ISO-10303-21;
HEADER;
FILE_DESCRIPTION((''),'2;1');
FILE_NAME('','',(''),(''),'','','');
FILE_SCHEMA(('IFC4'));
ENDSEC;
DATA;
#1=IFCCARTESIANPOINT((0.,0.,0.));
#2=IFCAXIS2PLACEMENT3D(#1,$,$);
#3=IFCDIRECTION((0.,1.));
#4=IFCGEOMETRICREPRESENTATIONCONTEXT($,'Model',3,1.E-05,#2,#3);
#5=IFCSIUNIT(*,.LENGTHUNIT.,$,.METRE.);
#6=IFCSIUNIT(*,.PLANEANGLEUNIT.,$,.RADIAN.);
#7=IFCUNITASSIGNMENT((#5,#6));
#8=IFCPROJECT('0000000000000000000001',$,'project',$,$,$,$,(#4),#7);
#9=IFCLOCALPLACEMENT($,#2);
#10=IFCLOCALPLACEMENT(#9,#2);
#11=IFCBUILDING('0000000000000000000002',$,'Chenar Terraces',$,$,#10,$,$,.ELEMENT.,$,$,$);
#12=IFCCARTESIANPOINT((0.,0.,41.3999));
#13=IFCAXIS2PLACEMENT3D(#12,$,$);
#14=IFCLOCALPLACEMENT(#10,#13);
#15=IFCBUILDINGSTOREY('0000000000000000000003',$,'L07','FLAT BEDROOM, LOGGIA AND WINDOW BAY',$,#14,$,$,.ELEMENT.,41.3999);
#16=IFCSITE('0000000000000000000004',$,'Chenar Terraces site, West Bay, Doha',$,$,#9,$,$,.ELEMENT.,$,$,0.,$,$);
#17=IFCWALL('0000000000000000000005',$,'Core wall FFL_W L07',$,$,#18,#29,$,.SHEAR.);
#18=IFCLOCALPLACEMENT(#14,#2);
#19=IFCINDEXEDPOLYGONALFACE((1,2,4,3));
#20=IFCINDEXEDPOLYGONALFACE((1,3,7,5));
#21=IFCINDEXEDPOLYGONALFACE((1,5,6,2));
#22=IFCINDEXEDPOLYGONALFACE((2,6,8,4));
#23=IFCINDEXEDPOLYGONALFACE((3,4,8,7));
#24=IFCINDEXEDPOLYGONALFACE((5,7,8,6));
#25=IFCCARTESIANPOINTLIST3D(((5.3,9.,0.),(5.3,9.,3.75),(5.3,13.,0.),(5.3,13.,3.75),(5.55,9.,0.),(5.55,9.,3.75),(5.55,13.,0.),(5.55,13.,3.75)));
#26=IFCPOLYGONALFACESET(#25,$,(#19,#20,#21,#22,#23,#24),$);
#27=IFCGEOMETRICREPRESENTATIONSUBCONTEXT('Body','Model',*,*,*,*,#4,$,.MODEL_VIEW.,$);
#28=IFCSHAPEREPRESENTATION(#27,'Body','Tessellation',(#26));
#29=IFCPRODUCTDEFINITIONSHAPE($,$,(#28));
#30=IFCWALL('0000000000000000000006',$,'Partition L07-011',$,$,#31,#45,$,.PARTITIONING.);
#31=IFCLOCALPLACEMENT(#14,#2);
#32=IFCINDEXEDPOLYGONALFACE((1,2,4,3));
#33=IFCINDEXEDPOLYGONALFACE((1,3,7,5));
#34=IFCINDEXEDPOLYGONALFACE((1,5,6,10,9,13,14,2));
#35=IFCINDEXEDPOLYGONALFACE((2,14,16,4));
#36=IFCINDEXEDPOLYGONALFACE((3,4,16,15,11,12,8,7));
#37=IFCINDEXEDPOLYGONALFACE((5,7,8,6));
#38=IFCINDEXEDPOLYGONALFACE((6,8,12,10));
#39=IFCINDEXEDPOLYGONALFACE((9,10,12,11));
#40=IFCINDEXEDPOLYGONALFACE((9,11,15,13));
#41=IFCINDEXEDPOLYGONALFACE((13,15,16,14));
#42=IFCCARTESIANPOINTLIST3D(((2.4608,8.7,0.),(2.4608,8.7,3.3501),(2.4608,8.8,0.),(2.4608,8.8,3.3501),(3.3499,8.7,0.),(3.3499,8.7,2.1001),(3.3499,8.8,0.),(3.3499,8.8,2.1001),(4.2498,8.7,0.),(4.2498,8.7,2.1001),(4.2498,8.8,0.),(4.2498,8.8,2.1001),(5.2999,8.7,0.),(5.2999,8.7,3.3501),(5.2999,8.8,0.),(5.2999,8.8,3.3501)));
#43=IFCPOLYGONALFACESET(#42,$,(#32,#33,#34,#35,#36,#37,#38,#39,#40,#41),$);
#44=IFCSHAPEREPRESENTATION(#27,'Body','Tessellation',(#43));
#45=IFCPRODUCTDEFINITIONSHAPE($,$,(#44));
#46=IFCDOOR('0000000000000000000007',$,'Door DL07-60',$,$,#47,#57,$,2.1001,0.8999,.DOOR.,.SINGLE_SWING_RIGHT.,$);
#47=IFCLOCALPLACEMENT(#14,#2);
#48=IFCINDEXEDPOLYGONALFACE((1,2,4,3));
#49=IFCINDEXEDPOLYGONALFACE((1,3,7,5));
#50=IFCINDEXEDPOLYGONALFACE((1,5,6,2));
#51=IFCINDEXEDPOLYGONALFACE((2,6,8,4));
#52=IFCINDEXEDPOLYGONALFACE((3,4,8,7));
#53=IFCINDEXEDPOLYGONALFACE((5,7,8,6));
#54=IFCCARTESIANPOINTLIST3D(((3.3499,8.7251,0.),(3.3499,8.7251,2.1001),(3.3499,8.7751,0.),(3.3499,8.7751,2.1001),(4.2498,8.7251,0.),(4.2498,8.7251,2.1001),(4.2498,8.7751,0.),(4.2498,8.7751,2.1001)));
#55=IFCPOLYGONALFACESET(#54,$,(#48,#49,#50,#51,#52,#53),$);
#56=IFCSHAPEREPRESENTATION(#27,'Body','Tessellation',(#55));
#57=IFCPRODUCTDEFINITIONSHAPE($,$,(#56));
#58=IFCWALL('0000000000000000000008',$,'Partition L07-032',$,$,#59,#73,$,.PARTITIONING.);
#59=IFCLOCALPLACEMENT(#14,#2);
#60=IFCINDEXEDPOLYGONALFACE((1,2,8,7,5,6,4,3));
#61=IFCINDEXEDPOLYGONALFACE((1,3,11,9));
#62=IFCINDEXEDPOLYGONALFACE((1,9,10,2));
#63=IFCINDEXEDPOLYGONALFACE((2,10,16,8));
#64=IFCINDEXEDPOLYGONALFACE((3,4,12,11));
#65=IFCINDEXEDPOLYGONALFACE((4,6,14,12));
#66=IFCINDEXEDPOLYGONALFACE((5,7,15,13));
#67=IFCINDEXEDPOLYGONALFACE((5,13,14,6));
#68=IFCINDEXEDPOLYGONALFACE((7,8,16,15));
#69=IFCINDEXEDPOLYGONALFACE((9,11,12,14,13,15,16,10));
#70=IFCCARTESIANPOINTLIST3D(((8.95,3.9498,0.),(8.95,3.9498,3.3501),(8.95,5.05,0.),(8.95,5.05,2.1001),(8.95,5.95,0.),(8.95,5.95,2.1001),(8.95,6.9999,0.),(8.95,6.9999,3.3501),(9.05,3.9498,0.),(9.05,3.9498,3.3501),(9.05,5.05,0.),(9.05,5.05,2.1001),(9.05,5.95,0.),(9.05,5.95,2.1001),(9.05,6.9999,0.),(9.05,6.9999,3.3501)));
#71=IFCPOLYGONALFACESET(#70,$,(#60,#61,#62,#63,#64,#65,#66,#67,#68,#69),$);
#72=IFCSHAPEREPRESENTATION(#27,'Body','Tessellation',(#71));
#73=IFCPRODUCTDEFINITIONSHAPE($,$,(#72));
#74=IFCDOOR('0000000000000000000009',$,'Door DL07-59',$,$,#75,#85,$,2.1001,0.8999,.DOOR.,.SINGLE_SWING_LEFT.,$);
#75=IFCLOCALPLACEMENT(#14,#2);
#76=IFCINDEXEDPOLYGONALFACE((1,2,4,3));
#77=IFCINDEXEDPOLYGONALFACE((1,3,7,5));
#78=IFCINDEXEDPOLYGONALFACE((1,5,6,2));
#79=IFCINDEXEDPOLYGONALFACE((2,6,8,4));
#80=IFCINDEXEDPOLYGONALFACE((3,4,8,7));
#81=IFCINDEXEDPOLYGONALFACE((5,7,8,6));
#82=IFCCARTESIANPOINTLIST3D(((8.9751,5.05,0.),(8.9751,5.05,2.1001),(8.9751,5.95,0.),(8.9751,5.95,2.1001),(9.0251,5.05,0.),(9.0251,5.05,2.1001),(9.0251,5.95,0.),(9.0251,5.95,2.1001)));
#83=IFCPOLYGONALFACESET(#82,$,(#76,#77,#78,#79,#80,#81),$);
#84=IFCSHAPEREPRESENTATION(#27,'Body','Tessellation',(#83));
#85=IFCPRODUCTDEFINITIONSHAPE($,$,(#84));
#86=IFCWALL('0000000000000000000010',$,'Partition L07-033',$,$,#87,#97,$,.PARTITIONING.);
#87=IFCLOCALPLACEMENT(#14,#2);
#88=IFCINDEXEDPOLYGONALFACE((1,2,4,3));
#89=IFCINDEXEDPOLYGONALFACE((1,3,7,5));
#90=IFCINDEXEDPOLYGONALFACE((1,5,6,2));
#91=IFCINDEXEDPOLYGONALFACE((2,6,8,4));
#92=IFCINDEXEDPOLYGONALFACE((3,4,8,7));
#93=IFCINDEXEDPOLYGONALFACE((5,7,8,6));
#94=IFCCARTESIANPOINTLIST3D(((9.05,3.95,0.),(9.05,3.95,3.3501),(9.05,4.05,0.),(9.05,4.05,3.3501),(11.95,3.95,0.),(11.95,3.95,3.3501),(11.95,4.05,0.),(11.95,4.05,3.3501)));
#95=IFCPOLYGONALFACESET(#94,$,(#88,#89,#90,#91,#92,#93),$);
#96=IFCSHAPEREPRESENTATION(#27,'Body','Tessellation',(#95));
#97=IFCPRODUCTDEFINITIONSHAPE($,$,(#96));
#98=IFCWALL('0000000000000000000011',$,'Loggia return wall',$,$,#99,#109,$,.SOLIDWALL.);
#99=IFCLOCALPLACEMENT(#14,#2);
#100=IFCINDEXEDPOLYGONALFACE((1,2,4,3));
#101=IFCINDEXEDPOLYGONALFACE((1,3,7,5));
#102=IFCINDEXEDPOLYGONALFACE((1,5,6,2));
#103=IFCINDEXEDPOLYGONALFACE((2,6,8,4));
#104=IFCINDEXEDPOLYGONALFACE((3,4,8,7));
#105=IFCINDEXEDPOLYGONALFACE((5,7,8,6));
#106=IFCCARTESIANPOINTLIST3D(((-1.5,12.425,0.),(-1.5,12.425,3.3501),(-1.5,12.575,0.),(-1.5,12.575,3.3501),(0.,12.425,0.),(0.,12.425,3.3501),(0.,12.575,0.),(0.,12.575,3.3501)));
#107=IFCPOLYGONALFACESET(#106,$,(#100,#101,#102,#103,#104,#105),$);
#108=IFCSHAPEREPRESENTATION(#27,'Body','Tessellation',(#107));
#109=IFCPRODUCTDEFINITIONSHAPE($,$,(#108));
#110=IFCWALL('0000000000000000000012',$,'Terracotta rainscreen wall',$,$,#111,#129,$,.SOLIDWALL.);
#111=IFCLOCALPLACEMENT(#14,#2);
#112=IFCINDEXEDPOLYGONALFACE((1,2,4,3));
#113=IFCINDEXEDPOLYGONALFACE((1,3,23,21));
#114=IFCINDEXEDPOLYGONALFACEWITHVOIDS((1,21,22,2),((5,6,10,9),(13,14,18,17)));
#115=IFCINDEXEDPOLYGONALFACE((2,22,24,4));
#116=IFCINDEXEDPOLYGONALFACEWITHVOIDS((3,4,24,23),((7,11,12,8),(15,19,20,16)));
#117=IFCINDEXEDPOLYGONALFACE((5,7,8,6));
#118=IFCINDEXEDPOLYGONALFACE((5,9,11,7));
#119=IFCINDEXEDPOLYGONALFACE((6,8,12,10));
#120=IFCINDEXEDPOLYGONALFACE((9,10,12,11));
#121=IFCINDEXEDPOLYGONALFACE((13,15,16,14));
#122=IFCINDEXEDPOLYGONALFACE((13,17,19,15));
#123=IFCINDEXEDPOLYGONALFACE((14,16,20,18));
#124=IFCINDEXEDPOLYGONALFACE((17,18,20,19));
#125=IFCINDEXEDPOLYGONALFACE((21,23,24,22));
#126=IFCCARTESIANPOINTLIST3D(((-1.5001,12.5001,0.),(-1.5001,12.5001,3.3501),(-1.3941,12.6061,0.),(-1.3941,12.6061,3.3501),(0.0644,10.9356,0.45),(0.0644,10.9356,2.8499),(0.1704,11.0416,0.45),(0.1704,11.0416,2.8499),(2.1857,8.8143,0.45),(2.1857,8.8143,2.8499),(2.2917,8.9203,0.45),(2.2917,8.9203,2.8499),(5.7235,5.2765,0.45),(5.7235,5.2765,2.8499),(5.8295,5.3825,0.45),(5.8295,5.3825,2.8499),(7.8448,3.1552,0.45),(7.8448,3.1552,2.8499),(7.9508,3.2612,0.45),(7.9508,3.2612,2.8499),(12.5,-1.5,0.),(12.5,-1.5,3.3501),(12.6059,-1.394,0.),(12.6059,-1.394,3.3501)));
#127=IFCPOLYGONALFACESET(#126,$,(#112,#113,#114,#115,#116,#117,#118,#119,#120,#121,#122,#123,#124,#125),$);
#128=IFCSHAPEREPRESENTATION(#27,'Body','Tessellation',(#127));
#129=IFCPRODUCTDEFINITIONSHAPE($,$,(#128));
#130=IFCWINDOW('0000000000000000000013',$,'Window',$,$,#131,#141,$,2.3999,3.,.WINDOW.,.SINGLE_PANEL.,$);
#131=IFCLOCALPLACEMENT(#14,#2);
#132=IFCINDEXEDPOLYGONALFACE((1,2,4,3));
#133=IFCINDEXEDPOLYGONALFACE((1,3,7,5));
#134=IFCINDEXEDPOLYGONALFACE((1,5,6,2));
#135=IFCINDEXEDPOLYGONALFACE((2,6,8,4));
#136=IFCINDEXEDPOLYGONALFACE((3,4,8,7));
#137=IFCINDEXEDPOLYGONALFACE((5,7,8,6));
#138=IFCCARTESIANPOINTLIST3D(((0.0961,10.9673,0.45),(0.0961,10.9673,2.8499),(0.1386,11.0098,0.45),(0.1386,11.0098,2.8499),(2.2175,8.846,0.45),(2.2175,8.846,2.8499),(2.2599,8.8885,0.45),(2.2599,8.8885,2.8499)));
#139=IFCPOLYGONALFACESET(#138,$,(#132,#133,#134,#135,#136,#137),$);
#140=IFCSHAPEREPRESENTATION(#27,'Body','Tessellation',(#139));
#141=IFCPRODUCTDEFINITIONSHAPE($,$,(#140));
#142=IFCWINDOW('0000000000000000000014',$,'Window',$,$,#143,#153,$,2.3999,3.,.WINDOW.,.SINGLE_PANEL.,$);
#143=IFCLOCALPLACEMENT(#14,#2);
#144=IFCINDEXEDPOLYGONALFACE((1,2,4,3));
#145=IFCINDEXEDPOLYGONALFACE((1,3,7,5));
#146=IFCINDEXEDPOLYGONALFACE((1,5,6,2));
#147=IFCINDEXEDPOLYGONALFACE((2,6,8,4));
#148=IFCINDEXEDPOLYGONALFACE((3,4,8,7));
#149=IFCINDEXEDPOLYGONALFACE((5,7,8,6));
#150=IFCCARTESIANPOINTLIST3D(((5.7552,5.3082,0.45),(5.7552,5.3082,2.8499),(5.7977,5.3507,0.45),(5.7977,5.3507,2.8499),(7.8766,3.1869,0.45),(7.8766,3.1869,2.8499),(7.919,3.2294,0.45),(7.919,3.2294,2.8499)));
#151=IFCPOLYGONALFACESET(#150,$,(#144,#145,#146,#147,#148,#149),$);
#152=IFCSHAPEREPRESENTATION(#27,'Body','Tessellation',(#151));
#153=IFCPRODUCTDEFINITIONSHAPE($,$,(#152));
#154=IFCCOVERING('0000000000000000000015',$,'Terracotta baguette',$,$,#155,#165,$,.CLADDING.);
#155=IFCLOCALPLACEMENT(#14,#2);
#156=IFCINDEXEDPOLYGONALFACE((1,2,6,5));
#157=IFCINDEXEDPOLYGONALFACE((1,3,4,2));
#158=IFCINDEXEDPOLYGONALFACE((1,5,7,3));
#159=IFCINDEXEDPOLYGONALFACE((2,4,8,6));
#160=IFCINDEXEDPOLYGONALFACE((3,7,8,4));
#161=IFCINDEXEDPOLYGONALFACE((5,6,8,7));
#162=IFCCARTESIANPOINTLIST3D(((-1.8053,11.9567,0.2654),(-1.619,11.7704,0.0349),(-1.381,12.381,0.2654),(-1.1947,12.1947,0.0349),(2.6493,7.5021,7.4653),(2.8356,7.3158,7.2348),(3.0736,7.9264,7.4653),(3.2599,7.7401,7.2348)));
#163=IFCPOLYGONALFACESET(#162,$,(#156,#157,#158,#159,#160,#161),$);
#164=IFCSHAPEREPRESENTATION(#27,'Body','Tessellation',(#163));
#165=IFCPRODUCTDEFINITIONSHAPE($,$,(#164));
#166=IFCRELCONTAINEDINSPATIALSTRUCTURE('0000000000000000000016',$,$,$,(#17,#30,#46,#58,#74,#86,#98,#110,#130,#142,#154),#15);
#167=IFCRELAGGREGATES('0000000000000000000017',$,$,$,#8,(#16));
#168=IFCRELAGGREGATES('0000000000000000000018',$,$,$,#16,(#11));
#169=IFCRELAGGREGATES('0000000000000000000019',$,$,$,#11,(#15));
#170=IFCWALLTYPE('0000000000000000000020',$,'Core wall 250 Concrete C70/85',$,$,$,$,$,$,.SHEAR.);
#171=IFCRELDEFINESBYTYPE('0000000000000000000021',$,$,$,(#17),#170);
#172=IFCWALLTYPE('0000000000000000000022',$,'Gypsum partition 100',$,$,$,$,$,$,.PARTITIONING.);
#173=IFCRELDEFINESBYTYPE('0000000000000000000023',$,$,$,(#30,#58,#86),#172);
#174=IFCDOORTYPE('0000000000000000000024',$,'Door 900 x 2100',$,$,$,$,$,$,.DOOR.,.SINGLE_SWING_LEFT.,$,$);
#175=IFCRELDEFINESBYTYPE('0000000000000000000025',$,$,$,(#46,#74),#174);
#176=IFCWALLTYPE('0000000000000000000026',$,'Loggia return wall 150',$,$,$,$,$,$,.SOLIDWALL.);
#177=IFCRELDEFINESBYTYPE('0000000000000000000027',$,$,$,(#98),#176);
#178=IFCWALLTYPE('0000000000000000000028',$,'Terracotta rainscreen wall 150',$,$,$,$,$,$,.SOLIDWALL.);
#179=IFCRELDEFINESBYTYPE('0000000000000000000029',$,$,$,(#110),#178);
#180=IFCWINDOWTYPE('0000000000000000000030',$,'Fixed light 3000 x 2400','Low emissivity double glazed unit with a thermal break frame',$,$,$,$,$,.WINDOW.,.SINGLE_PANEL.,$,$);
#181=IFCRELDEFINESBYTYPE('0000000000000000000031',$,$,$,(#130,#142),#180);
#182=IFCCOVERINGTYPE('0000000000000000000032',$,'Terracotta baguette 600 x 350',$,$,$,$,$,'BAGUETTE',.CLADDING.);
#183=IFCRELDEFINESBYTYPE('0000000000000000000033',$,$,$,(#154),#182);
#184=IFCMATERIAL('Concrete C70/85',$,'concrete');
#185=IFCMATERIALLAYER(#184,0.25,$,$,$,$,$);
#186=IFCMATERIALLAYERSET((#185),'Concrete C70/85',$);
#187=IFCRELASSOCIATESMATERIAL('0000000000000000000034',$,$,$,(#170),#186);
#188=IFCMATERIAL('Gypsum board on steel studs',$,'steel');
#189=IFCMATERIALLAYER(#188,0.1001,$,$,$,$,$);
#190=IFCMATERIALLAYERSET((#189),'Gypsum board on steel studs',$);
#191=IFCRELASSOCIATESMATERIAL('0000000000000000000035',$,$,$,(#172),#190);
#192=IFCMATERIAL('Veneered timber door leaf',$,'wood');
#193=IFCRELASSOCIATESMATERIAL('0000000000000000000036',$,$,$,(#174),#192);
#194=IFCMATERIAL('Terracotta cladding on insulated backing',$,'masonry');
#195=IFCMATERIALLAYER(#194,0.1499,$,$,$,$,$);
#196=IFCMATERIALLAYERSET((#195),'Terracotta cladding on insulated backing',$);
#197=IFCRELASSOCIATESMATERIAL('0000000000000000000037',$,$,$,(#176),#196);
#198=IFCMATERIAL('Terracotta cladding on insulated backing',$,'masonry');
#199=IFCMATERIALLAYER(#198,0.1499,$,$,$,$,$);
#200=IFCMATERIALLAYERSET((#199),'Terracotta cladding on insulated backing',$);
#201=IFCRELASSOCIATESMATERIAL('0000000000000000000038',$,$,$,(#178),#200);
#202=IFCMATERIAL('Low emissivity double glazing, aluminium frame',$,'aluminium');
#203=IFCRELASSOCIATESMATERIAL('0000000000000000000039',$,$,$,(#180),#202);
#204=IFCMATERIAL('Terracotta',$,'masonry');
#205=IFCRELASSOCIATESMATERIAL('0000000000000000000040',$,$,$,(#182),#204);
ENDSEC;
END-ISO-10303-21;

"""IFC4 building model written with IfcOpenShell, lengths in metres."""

from ifc_helpers import new_model, si_unit, direction, frame, frame_2d, origin, origin_2d, place, context, subcontext, project, spatial, rectangle, extrude, material, layer, layer_set, material_profile, profile_set, type_object, element, fill, save


model = new_model("IFC4")

# Units and contexts
model_context = context("Model", 3, precision=1e-05, world=origin(), true_north=direction((0.0, 1.0)))
body_context = subcontext(model_context, "Body", "Model", "MODEL_VIEW")
ifc_project = project(units=[si_unit("LENGTHUNIT", "METRE"), si_unit("PLANEANGLEUNIT", "RADIAN")], contexts=[model_context])

# Site, building, storey
site_placement = place(None, origin())
site = spatial("IfcSite", under=ifc_project, at=site_placement, Name="Chenar Terraces site, West Bay, Doha", CompositionType="ELEMENT", RefElevation=0.0)
building_placement = place(site_placement, origin())
building = spatial("IfcBuilding", under=site, at=building_placement, Name="Chenar Terraces", CompositionType="ELEMENT")
storey_placement = place(building_placement, frame((0.0, 0.0, 41.3999)))
storey = spatial("IfcBuildingStorey", under=building, at=storey_placement, Name="L07", Description="FLAT BEDROOM, LOGGIA AND WINDOW BAY", CompositionType="ELEMENT", Elevation=41.3999)

# Shared definitions
ifc_material_1 = material(Name="Concrete C70/85", Category="concrete")
ifc_layer_1 = layer(ifc_material_1, 0.25)
ifc_layer_set_1 = layer_set([ifc_layer_1], Name="Concrete C70/85")
wall_type_1 = type_object("IfcWallType", Name="Core wall 250 Concrete C70/85", PredefinedType="SHEAR", material=ifc_layer_set_1)

# Wall
wall_1_placement = place(storey_placement, frame((5.425, 9.0, 0.0), z_axis=(0.0, 0.0, 1.0), x_axis=(0.0, 1.0, 0.0)))
element("IfcWall", 1, at=wall_1_placement, inside=storey, type_object=wall_type_1, Name="Core wall FFL_W L07", PredefinedType="SHEAR", context=body_context, shape_type="SweptSolid", body=[
    extrude(rectangle(XDim=4.0, YDim=0.25, at=frame_2d((2.0, 0.0))), origin(), (0.0, 0.0, 1.0), 3.75),
])

# Walls, openings, doors
ifc_material_2 = material(Name="Gypsum board on steel studs", Category="steel")
ifc_layer_2 = layer(ifc_material_2, 0.1001)
ifc_layer_set_2 = layer_set([ifc_layer_2], Name="Gypsum board on steel studs")
wall_type_2 = type_object("IfcWallType", Name="Gypsum partition 100", PredefinedType="PARTITIONING", material=ifc_layer_set_2)
wall_2_placement = place(storey_placement, frame((2.4609, 8.75, 0.0), z_axis=(0.0, 0.0, 1.0), x_axis=(1.0, 0.0, 0.0)))
wall_2 = element("IfcWall", 2, at=wall_2_placement, inside=storey, type_object=wall_type_2, Name="Partition L07-011", PredefinedType="PARTITIONING", context=body_context, shape_type="SweptSolid", body=[
    extrude(rectangle(XDim=2.8391, YDim=0.1001, at=frame_2d((1.4194, 0.0))), origin(), (0.0, 0.0, 1.0), 3.3501),
])
opening_1_placement = place(wall_2_placement, frame((0.8889, 0.0, 0.0)))
opening_1 = element("IfcOpeningElement", 3, at=opening_1_placement, cuts=wall_2, PredefinedType="OPENING", context=body_context, shape_type="SweptSolid", body=[
    extrude(rectangle(XDim=0.8999, YDim=2.1001, at=frame_2d((0.45, 1.05))), frame((0.0, 0.0601, 0.0), z_axis=(0.0, -1.0, 0.0), x_axis=(1.0, 0.0, 0.0)), (0.0, 0.0, 1.0), 0.1201),
])
ifc_material_3 = material(Name="Veneered timber door leaf", Category="wood")
door_type_1 = type_object("IfcDoorType", Name="Door 900 x 2100", OperationType="SINGLE_SWING_LEFT", PredefinedType="DOOR", material=ifc_material_3)
door_1_placement = place(opening_1_placement, frame((0.8999, 0.0, 0.0), z_axis=(0.0, 0.0, 1.0), x_axis=(-1.0, 0.0, 0.0)))
door_1 = element("IfcDoor", 4, at=door_1_placement, inside=storey, type_object=door_type_1, Name="Door DL07-60", OperationType="SINGLE_SWING_RIGHT", OverallHeight=2.1001, OverallWidth=0.8999, PredefinedType="DOOR", context=body_context, shape_type="SweptSolid", body=[
    extrude(rectangle(XDim=0.8999, YDim=2.1001, at=frame_2d((0.45, 1.05))), frame((0.0, 0.0249, 0.0), z_axis=(0.0, -1.0, 0.0), x_axis=(1.0, 0.0, 0.0)), (0.0, 0.0, 1.0), 0.05),
])
fill(opening_1, door_1)
wall_3_placement = place(storey_placement, frame((9.0, 3.95, 0.0), z_axis=(0.0, 0.0, 1.0), x_axis=(0.0, 1.0, 0.0)))
wall_3 = element("IfcWall", 5, at=wall_3_placement, inside=storey, type_object=wall_type_2, Name="Partition L07-032", PredefinedType="PARTITIONING", context=body_context, shape_type="SweptSolid", body=[
    extrude(rectangle(XDim=3.05, YDim=0.1001, at=frame_2d((1.5249, 0.0))), origin(), (0.0, 0.0, 1.0), 3.3501),
])
opening_2_placement = place(wall_3_placement, frame((1.1001, 0.0, 0.0)))
opening_2 = element("IfcOpeningElement", 6, at=opening_2_placement, cuts=wall_3, PredefinedType="OPENING", context=body_context, shape_type="SweptSolid", body=[
    extrude(rectangle(XDim=0.8999, YDim=2.1001, at=frame_2d((0.45, 1.05))), frame((0.0, 0.0601, 0.0), z_axis=(0.0, -1.0, 0.0), x_axis=(1.0, 0.0, 0.0)), (0.0, 0.0, 1.0), 0.1201),
])
door_2_placement = place(opening_2_placement, origin())
door_2 = element("IfcDoor", 7, at=door_2_placement, inside=storey, type_object=door_type_1, Name="Door DL07-59", OperationType="SINGLE_SWING_LEFT", OverallHeight=2.1001, OverallWidth=0.8999, PredefinedType="DOOR", context=body_context, shape_type="SweptSolid", body=[
    extrude(rectangle(XDim=0.8999, YDim=2.1001, at=frame_2d((0.45, 1.05))), frame((0.0, 0.0249, 0.0), z_axis=(0.0, -1.0, 0.0), x_axis=(1.0, 0.0, 0.0)), (0.0, 0.0, 1.0), 0.05),
])
fill(opening_2, door_2)

# Walls
wall_4_placement = place(storey_placement, frame((9.05, 4.0, 0.0), z_axis=(0.0, 0.0, 1.0), x_axis=(1.0, 0.0, 0.0)))
element("IfcWall", 8, at=wall_4_placement, inside=storey, type_object=wall_type_2, Name="Partition L07-033", PredefinedType="PARTITIONING", context=body_context, shape_type="SweptSolid", body=[
    extrude(rectangle(XDim=2.8999, YDim=0.1001, at=frame_2d((1.45, 0.0))), origin(), (0.0, 0.0, 1.0), 3.3501),
])
ifc_material_4 = material(Name="Terracotta cladding on insulated backing", Category="masonry")
ifc_layer_3 = layer(ifc_material_4, 0.1499)
ifc_layer_set_3 = layer_set([ifc_layer_3], Name="Terracotta cladding on insulated backing")
wall_type_3 = type_object("IfcWallType", Name="Loggia return wall 150", PredefinedType="SOLIDWALL", material=ifc_layer_set_3)
wall_5_placement = place(storey_placement, frame((-1.5, 12.5, 0.0), z_axis=(0.0, 0.0, 1.0), x_axis=(1.0, 0.0, 0.0)))
element("IfcWall", 9, at=wall_5_placement, inside=storey, type_object=wall_type_3, Name="Loggia return wall", PredefinedType="SOLIDWALL", context=body_context, shape_type="SweptSolid", body=[
    extrude(rectangle(XDim=1.5, YDim=0.1499, at=frame_2d((0.75, 0.0))), origin(), (0.0, 0.0, 1.0), 3.3501),
])

# Wall, openings, windows
ifc_material_5 = material(Name="Terracotta cladding on insulated backing", Category="masonry")
ifc_layer_4 = layer(ifc_material_5, 0.1499)
ifc_layer_set_4 = layer_set([ifc_layer_4], Name="Terracotta cladding on insulated backing")
wall_type_4 = type_object("IfcWallType", Name="Terracotta rainscreen wall 150", PredefinedType="SOLIDWALL", material=ifc_layer_set_4)
wall_6_placement = place(storey_placement, frame((-1.447, 12.553, 0.0), z_axis=(0.0, 0.0, 1.0), x_axis=(0.707107, -0.707107, 0.0)))
wall_6 = element("IfcWall", 10, at=wall_6_placement, inside=storey, type_object=wall_type_4, Name="Terracotta rainscreen wall", PredefinedType="SOLIDWALL", context=body_context, shape_type="SweptSolid", body=[
    extrude(rectangle(XDim=19.7991, YDim=0.1499, at=frame_2d((9.8994, 0.0))), origin(), (0.0, 0.0, 1.0), 3.3501),
])
opening_3_placement = place(wall_6_placement, frame((2.2124, 0.0, 0.45)))
opening_3 = element("IfcOpeningElement", 11, at=opening_3_placement, cuts=wall_6, PredefinedType="OPENING", context=body_context, shape_type="SweptSolid", body=[
    extrude(rectangle(XDim=3.0, YDim=2.3999, at=frame_2d((1.5, 1.2))), frame((0.0, 0.085, 0.0), z_axis=(0.0, -1.0, 0.0), x_axis=(1.0, 0.0, 0.0)), (0.0, 0.0, 1.0), 0.1699),
])
opening_4_placement = place(wall_6_placement, frame((10.2156, 0.0, 0.45)))
opening_4 = element("IfcOpeningElement", 12, at=opening_4_placement, cuts=wall_6, PredefinedType="OPENING", context=body_context, shape_type="SweptSolid", body=[
    extrude(rectangle(XDim=3.0, YDim=2.3999, at=frame_2d((1.5, 1.2))), frame((0.0, 0.085, 0.0), z_axis=(0.0, -1.0, 0.0), x_axis=(1.0, 0.0, 0.0)), (0.0, 0.0, 1.0), 0.1699),
])
ifc_material_6 = material(Name="Low emissivity double glazing, aluminium frame", Category="aluminium")
window_type = type_object("IfcWindowType", Name="Fixed light 3000 x 2400", Description="Low emissivity double glazed unit with a thermal break frame", PartitioningType="SINGLE_PANEL", PredefinedType="WINDOW", material=ifc_material_6)
window_1_placement = place(opening_3_placement, origin())
window_1 = element("IfcWindow", 13, at=window_1_placement, inside=storey, type_object=window_type, Name="Window", OverallHeight=2.3999, OverallWidth=3.0, PartitioningType="SINGLE_PANEL", PredefinedType="WINDOW", context=body_context, shape_type="SweptSolid", body=[
    extrude(rectangle(XDim=3.0, YDim=2.3999, at=frame_2d((1.5, 1.2))), frame((0.0, 0.03, 0.0), z_axis=(0.0, -1.0, 0.0), x_axis=(1.0, 0.0, 0.0)), (0.0, 0.0, 1.0), 0.0601),
])
fill(opening_3, window_1)
window_2_placement = place(opening_4_placement, origin())
window_2 = element("IfcWindow", 14, at=window_2_placement, inside=storey, type_object=window_type, Name="Window", OverallHeight=2.3999, OverallWidth=3.0, PartitioningType="SINGLE_PANEL", PredefinedType="WINDOW", context=body_context, shape_type="SweptSolid", body=[
    extrude(rectangle(XDim=3.0, YDim=2.3999, at=frame_2d((1.5, 1.2))), frame((0.0, 0.03, 0.0), z_axis=(0.0, -1.0, 0.0), x_axis=(1.0, 0.0, 0.0)), (0.0, 0.0, 1.0), 0.0601),
])
fill(opening_4, window_2)

# Covering
ifc_material_7 = material(Name="Terracotta", Category="masonry")
ifc_material_profile = material_profile(ifc_material_7, rectangle(XDim=0.6001, YDim=0.3501, at=origin_2d()), Name="Terracotta baguette 600 x 350")
ifc_profile_set = profile_set([ifc_material_profile], Name="Terracotta")
covering_type = type_object("IfcCoveringType", Name="Terracotta baguette 600 x 350", ElementType="BAGUETTE", PredefinedType="CLADDING", material=ifc_profile_set)
covering_1_placement = place(storey_placement, frame((-1.5, 12.0757, 0.1501), z_axis=(0.465624, -0.465624, 0.752588), x_axis=(0.707107, 0.707107, 0.0)))
element("IfcCovering", 15, at=covering_1_placement, inside=storey, type_object=covering_type, Name="Terracotta baguette", PredefinedType="CLADDING", context=body_context, shape_type="SweptSolid", body=[
    extrude(rectangle(XDim=0.6001, YDim=0.3501, at=origin_2d()), origin(), (0.0, 0.0, 1.0), 9.5669),
])

save(model, "model.ifc")
